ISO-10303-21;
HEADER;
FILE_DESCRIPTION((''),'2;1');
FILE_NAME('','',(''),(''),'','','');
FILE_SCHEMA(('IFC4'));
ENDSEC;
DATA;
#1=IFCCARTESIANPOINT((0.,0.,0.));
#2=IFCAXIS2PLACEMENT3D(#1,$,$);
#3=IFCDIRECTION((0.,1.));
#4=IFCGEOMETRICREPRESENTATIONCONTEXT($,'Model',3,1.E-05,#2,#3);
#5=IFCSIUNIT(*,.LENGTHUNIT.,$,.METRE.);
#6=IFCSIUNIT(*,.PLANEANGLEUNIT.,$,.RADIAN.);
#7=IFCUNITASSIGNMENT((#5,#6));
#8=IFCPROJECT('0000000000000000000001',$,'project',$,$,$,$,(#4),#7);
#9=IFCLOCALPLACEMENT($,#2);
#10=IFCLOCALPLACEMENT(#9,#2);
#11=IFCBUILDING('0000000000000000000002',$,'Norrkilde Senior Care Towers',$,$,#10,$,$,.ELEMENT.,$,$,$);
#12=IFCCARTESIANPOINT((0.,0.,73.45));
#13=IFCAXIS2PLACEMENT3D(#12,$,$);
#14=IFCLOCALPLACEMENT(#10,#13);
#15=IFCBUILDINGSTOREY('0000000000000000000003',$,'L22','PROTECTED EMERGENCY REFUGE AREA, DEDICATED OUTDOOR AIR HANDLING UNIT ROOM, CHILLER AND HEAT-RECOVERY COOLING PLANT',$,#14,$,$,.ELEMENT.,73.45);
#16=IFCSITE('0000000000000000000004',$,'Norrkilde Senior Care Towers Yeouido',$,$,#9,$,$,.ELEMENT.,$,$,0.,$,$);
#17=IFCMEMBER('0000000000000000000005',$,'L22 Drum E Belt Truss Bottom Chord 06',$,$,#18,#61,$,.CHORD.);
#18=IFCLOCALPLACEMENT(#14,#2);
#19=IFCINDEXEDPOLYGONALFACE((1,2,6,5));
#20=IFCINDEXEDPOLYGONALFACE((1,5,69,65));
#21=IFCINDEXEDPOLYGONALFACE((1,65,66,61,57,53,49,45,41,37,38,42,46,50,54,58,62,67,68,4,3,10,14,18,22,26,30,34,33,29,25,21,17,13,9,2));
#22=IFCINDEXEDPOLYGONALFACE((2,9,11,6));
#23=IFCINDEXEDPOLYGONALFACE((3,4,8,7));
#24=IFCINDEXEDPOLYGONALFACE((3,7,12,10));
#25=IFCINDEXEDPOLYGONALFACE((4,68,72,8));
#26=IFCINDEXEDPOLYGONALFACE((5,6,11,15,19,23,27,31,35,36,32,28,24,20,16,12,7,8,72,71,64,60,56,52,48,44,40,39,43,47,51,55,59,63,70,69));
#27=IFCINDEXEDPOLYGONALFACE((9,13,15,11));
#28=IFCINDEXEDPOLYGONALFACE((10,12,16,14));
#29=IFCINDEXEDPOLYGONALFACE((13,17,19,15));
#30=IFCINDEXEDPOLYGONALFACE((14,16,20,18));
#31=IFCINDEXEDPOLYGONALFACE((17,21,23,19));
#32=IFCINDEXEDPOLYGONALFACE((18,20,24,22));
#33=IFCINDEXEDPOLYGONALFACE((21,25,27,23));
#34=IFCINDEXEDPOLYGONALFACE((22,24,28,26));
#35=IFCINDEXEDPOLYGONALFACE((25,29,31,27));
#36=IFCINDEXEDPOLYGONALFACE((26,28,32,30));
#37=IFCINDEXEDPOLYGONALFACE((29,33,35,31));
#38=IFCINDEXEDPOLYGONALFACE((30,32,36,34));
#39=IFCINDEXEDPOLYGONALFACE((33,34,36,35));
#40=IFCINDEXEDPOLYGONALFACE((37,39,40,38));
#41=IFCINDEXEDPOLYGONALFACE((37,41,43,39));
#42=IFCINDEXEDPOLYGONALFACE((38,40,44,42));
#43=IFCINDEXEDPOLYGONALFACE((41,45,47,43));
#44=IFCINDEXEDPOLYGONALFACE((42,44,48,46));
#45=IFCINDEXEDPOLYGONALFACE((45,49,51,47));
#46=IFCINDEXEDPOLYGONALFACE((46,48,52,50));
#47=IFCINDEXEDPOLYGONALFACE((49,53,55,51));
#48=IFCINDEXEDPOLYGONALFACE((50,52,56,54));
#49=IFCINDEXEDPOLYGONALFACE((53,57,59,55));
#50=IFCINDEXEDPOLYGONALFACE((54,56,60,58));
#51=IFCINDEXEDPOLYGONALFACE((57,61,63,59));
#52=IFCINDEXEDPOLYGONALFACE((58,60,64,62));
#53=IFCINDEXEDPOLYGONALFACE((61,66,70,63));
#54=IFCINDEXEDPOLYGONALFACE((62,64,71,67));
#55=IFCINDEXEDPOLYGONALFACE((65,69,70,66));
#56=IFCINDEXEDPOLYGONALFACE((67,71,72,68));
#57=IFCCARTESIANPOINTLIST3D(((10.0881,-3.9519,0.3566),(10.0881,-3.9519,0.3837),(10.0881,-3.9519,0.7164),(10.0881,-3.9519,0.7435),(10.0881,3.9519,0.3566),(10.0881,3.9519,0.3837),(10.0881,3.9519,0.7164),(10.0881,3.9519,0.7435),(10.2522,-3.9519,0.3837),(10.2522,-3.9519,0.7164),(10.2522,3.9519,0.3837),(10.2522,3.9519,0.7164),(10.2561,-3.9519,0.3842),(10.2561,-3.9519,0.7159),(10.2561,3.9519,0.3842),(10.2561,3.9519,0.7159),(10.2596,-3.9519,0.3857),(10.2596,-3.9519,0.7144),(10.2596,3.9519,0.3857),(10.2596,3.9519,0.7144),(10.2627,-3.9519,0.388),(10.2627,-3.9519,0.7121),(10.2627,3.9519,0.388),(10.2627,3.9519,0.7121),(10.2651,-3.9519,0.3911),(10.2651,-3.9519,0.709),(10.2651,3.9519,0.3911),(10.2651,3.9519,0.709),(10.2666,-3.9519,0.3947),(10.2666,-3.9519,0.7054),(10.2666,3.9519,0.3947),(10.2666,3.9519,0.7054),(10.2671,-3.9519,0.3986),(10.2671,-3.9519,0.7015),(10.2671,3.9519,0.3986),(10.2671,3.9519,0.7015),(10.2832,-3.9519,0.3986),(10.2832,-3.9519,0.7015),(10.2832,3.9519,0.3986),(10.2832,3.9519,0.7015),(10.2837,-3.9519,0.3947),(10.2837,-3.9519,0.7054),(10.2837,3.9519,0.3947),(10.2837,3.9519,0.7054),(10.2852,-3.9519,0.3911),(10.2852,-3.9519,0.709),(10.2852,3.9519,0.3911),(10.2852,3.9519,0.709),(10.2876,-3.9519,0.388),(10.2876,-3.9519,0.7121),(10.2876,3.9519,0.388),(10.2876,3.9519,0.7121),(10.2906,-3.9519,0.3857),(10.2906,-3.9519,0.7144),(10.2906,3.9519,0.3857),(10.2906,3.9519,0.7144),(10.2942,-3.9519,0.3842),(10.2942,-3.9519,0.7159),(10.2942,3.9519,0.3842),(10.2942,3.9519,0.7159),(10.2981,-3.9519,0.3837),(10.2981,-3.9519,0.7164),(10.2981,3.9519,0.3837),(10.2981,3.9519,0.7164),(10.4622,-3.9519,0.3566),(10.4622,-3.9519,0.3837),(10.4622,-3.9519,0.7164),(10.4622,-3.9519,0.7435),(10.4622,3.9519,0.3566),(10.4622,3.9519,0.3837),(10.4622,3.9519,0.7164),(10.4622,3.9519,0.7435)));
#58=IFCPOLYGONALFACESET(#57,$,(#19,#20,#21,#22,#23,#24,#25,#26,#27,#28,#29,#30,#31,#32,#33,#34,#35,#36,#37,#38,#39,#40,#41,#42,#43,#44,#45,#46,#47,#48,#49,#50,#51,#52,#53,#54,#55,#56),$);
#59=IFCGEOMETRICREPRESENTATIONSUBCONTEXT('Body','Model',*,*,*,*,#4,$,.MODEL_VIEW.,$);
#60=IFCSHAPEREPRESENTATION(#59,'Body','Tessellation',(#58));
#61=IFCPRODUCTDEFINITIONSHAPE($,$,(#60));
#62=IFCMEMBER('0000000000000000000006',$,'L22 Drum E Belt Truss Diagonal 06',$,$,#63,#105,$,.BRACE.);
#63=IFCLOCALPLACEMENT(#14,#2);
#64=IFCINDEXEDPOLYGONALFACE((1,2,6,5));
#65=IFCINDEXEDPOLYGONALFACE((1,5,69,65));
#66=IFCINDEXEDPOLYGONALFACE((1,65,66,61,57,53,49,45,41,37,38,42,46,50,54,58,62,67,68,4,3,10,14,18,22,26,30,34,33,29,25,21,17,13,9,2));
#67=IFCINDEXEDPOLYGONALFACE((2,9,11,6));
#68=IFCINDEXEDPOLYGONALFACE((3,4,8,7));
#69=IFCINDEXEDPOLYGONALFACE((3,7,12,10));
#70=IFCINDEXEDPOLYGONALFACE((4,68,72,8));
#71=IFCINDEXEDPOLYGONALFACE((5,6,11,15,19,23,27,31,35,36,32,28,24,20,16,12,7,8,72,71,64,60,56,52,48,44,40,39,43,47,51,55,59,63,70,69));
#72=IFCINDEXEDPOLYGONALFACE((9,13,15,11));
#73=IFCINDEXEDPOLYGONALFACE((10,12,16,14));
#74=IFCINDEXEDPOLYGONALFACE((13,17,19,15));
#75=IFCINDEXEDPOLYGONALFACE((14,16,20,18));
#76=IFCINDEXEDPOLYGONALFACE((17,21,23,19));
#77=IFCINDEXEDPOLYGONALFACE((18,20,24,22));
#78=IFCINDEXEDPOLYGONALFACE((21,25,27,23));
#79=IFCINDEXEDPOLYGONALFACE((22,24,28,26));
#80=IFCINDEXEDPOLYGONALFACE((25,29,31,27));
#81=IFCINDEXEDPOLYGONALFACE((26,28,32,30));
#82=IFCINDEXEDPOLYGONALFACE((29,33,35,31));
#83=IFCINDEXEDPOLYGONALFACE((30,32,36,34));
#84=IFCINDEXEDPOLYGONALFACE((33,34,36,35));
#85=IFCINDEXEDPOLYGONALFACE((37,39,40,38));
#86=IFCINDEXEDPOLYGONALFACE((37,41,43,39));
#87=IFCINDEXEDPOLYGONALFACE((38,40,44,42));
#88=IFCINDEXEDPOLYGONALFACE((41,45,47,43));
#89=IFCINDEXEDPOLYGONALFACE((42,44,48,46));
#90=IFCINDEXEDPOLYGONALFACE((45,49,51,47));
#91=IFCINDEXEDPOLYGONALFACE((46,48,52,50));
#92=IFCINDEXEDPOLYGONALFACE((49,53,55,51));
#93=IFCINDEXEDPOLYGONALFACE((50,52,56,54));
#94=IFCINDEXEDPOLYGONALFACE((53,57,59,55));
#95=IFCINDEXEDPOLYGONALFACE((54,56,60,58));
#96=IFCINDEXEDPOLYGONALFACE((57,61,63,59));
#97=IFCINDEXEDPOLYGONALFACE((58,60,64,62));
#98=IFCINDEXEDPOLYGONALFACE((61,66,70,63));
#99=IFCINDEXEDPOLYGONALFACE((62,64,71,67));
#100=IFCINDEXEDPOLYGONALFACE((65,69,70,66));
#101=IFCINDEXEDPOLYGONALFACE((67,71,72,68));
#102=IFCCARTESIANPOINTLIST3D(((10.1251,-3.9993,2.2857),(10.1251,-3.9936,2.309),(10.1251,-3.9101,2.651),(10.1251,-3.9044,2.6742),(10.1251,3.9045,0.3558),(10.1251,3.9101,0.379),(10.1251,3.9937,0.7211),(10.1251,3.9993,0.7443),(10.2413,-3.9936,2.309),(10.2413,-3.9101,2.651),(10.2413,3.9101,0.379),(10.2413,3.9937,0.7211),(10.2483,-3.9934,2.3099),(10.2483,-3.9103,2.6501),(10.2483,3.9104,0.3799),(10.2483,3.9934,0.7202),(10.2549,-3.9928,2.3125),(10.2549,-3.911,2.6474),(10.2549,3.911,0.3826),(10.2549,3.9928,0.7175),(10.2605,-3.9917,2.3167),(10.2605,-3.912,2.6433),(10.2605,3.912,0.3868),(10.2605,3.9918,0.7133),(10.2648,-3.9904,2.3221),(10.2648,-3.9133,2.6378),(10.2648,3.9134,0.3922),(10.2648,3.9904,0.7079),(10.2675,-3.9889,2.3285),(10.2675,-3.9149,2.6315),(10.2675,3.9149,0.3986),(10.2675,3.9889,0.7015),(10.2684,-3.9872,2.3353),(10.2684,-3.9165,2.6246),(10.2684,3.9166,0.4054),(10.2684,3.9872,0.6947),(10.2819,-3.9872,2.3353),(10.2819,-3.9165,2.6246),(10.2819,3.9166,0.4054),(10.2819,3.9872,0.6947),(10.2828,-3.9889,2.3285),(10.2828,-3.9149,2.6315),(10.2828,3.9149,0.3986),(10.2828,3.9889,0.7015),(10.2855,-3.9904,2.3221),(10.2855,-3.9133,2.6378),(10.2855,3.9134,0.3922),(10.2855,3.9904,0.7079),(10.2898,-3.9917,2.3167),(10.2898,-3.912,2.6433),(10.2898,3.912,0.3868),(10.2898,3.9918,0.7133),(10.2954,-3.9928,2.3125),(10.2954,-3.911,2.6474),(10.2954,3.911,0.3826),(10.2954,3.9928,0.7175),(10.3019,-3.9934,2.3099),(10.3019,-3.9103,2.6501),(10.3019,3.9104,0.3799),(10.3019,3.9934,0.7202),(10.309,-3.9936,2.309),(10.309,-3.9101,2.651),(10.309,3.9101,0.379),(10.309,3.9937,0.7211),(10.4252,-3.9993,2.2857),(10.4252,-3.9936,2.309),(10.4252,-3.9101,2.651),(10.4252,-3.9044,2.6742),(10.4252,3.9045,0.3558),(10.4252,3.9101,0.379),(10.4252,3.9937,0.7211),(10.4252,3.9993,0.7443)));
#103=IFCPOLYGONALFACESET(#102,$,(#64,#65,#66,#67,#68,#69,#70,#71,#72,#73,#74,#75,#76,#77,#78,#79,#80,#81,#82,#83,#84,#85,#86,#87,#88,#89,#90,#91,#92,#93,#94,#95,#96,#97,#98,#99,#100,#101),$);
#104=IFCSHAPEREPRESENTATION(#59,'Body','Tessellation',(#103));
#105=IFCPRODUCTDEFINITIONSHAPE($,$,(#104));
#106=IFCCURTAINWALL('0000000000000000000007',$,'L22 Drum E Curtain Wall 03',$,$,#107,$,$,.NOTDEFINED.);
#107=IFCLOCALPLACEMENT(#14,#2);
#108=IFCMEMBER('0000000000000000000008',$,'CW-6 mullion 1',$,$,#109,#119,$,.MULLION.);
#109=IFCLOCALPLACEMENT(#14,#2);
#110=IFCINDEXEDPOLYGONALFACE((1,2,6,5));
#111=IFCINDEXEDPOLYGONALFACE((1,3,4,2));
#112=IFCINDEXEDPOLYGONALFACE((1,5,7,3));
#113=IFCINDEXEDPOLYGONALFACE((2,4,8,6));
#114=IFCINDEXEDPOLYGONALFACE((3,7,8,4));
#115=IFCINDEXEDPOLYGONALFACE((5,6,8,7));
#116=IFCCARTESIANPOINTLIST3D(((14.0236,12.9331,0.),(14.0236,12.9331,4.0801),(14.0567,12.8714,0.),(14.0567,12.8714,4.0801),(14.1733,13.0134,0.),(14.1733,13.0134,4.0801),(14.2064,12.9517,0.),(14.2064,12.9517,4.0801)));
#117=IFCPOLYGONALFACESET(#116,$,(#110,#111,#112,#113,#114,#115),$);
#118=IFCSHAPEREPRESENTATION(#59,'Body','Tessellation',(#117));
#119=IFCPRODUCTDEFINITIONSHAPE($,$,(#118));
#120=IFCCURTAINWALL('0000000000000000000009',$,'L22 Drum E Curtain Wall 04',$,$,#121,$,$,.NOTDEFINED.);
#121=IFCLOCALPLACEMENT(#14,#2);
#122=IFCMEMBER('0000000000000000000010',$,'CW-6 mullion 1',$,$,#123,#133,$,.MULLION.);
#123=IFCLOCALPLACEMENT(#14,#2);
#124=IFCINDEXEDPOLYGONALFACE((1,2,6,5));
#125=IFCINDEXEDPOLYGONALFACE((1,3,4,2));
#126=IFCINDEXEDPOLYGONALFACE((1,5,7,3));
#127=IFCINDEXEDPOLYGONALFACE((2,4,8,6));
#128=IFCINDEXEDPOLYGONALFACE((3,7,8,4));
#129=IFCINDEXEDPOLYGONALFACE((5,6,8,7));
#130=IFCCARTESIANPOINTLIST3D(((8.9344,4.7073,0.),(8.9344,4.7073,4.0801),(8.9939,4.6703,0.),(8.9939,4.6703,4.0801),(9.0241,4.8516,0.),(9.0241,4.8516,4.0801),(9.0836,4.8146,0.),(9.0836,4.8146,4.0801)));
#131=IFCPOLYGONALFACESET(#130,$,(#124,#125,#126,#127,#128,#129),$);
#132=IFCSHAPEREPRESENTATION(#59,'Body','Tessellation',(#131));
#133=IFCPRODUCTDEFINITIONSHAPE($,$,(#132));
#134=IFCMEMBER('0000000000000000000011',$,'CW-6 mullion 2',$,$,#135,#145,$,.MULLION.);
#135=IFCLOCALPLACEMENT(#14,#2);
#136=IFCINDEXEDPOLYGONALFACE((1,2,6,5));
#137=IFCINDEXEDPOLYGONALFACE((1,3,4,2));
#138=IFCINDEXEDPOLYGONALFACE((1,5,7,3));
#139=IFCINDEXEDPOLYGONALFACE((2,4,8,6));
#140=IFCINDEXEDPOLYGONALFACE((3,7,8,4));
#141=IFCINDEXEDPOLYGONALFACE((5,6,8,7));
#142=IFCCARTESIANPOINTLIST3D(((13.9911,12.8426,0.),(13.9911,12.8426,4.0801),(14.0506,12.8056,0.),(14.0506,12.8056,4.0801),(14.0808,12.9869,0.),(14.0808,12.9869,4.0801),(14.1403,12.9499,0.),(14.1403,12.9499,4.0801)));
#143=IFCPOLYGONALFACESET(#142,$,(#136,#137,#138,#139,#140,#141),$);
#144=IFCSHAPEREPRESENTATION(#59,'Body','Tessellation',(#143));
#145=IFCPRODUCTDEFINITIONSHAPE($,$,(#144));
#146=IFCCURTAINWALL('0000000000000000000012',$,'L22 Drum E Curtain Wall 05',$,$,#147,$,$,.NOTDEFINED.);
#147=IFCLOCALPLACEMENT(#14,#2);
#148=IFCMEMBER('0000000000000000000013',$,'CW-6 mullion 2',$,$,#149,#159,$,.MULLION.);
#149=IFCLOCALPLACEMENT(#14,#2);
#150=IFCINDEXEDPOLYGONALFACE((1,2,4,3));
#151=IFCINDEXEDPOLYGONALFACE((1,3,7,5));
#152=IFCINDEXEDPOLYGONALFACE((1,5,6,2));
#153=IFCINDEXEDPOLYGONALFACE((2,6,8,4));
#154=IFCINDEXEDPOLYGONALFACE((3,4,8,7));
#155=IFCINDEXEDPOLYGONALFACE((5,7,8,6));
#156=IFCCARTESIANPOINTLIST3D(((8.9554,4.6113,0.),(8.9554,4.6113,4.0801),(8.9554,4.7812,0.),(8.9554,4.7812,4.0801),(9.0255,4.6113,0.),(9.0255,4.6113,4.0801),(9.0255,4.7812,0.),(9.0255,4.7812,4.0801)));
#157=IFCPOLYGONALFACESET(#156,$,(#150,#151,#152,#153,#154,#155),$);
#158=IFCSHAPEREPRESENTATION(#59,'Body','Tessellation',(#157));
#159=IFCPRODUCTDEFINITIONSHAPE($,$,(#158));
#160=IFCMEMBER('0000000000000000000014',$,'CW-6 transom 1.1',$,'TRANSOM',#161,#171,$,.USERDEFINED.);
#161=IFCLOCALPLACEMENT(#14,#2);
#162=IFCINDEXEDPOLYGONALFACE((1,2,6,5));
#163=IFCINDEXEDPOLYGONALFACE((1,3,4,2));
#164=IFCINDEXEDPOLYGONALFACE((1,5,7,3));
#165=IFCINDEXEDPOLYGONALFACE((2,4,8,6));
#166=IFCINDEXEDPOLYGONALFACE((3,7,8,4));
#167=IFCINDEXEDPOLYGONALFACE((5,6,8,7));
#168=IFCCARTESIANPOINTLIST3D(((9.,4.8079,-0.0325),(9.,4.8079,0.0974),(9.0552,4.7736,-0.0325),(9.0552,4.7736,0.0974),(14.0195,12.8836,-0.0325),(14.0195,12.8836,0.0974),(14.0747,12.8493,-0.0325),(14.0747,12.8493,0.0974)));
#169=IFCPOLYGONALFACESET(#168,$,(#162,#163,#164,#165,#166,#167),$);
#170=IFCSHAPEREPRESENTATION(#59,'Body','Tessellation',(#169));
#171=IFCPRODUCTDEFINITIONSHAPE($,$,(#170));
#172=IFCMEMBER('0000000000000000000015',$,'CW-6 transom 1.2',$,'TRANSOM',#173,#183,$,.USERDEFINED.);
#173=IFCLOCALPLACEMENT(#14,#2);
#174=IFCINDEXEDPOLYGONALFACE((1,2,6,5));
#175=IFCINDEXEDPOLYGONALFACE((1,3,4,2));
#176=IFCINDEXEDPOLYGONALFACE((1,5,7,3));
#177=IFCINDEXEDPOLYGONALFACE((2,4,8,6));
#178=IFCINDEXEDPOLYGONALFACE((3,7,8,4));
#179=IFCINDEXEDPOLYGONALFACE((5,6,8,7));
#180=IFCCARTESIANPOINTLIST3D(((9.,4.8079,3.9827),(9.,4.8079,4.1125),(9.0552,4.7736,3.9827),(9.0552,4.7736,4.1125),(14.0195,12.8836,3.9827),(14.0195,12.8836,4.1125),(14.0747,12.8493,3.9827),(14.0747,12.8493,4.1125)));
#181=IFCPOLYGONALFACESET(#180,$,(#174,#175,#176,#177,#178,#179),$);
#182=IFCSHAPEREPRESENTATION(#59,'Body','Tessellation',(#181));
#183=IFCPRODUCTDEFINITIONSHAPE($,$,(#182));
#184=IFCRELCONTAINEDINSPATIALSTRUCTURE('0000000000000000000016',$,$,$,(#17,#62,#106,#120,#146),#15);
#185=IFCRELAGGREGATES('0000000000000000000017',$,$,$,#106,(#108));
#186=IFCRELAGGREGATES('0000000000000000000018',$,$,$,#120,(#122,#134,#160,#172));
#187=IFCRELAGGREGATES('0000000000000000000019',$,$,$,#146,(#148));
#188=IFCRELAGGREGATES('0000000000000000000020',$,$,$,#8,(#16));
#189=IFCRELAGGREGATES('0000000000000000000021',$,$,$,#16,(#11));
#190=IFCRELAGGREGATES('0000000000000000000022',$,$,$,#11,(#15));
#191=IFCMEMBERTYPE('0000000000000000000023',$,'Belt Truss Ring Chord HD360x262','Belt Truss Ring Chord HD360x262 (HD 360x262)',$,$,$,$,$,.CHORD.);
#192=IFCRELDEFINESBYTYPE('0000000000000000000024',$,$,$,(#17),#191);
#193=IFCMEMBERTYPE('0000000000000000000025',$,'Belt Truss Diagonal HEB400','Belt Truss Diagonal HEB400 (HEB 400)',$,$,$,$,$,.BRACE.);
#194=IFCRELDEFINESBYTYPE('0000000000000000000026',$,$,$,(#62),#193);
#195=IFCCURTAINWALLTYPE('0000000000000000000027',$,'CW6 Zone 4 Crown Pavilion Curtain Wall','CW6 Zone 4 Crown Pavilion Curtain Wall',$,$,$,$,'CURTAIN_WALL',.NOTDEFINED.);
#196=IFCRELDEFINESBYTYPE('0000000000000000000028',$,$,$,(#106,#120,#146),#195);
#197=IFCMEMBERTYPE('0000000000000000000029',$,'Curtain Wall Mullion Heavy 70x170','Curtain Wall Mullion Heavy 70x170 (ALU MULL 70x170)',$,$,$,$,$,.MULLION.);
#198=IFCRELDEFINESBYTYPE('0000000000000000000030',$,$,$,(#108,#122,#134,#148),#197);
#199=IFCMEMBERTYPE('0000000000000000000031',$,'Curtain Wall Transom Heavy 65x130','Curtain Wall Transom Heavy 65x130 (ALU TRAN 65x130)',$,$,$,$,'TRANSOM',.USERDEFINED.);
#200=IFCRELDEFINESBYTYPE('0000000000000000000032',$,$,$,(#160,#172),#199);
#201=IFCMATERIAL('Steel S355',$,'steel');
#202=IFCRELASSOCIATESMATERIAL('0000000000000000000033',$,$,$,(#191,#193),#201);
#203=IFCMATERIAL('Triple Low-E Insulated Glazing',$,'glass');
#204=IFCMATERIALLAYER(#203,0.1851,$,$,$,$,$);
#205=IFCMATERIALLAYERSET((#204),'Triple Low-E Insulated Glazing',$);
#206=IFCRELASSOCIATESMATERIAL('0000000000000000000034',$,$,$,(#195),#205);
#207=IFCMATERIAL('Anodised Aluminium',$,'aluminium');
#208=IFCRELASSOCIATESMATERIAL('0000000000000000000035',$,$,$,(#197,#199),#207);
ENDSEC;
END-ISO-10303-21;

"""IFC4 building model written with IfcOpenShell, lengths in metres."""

from ifc_helpers import new_model, si_unit, direction, frame, origin, origin_2d, place, context, subcontext, project, spatial, rectangle, i_section, extrude, source, transform, mapped, material, layer, layer_set, material_profile, profile_set, type_object, type_shapes, element, aggregate, save


model = new_model("IFC4")

# Units and contexts
model_context = context("Model", 3, precision=1e-05, world=origin(), true_north=direction((0.0, 1.0)))
body_context = subcontext(model_context, "Body", "Model", "MODEL_VIEW")
ifc_project = project(units=[si_unit("LENGTHUNIT", "METRE"), si_unit("PLANEANGLEUNIT", "RADIAN")], contexts=[model_context])

# Site, building, storey
site_placement = place(None, origin())
site = spatial("IfcSite", under=ifc_project, at=site_placement, Name="Norrkilde Senior Care Towers Yeouido", CompositionType="ELEMENT", RefElevation=0.0)
building_placement = place(site_placement, origin())
building = spatial("IfcBuilding", under=site, at=building_placement, Name="Norrkilde Senior Care Towers", CompositionType="ELEMENT")
storey_placement = place(building_placement, frame((0.0, 0.0, 73.45)))
storey = spatial("IfcBuildingStorey", under=building, at=storey_placement, Name="L22", Description="PROTECTED EMERGENCY REFUGE AREA, DEDICATED OUTDOOR AIR HANDLING UNIT ROOM, CHILLER AND HEAT-RECOVERY COOLING PLANT", CompositionType="ELEMENT", Elevation=73.45)

# Members
ifc_material_1 = material(Name="Steel S355", Category="steel")
ifc_material_profile_1 = material_profile(ifc_material_1, i_section(OverallWidth=0.374, OverallDepth=0.387, WebThickness=0.0161, FlangeThickness=0.0271, FilletRadius=0.0149, at=origin_2d()), Name="HD 360x262")
ifc_profile_set_1 = profile_set([ifc_material_profile_1], Name="Steel S355")
member_type_1 = type_object("IfcMemberType", Name="Belt Truss Ring Chord HD360x262", Description="Belt Truss Ring Chord HD360x262 (HD 360x262)", PredefinedType="CHORD", material=ifc_profile_set_1)
ifc_material_profile_2 = material_profile(ifc_material_1, i_section(OverallWidth=0.3, OverallDepth=0.3999, WebThickness=0.0134, FlangeThickness=0.0239, FilletRadius=0.0271, at=origin_2d()), Name="HEB 400")
ifc_profile_set_2 = profile_set([ifc_material_profile_2], Name="Steel S355")
member_type_2 = type_object("IfcMemberType", Name="Belt Truss Diagonal HEB400", Description="Belt Truss Diagonal HEB400 (HEB 400)", PredefinedType="BRACE", material=ifc_profile_set_2)
shared_shape_1 = source(origin(), body_context, "Body", "SweptSolid", [
    extrude(i_section(OverallWidth=0.374, OverallDepth=0.387, WebThickness=0.0161, FlangeThickness=0.0271, FilletRadius=0.0149, at=origin_2d()), origin(), (0.0, 0.0, 1.0), 7.9038),
])
member_1_placement = place(storey_placement, frame((10.2751, 3.9519, 0.55), z_axis=(0.0, -1.0, 0.0), x_axis=(1.0, 0.0, 0.0)))
element("IfcMember", 1, at=member_1_placement, inside=storey, type_object=member_type_1, Name="L22 Drum E Belt Truss Bottom Chord 06", PredefinedType="CHORD", context=body_context, shape_type="MappedRepresentation", body=[
    mapped(shared_shape_1, transform((0.0, 0.0, 0.0), x_axis=(1.0, 0.0, 0.0), y_axis=(0.0, 1.0, 0.0), z_axis=(0.0, 0.0, 1.0), scale=1.0)),
])
shared_shape_2 = source(origin(), body_context, "Body", "SweptSolid", [
    extrude(i_section(OverallWidth=0.3, OverallDepth=0.3999, WebThickness=0.0134, FlangeThickness=0.0239, FilletRadius=0.0271, at=origin_2d()), origin(), (0.0, 0.0, 1.0), 8.136),
])
member_2_placement = place(storey_placement, frame((10.2751, 3.9519, 0.55), z_axis=(0.0, -0.971459, 0.237208), x_axis=(1.0, 0.0, 0.0)))
element("IfcMember", 2, at=member_2_placement, inside=storey, type_object=member_type_2, Name="L22 Drum E Belt Truss Diagonal 06", PredefinedType="BRACE", context=body_context, shape_type="MappedRepresentation", body=[
    mapped(shared_shape_2, transform((0.0, 0.0, 0.0), x_axis=(1.0, 0.0, 0.0), y_axis=(0.0, 1.0, 0.0), z_axis=(0.0, 0.0, 1.0), scale=1.0)),
])

# Curtain wall, member
ifc_material_2 = material(Name="Triple Low-E Insulated Glazing", Category="glass")
ifc_layer_1 = layer(ifc_material_2, 0.1851)
ifc_layer_set_1 = layer_set([ifc_layer_1], Name="Triple Low-E Insulated Glazing")
curtain_wall_type = type_object("IfcCurtainWallType", Name="CW6 Zone 4 Crown Pavilion Curtain Wall", Description="CW6 Zone 4 Crown Pavilion Curtain Wall", ElementType="CURTAIN_WALL", PredefinedType="NOTDEFINED", material=ifc_layer_set_1)
curtain_wall_1_placement = place(storey_placement, origin())
curtain_wall_1 = element("IfcCurtainWall", 3, at=curtain_wall_1_placement, inside=storey, type_object=curtain_wall_type, Name="L22 Drum E Curtain Wall 03", PredefinedType="NOTDEFINED")
ifc_material_3 = material(Name="Anodised Aluminium", Category="aluminium")
ifc_material_profile_3 = material_profile(ifc_material_3, rectangle(XDim=0.0701, YDim=0.1699, at=origin_2d()), Name="ALU MULL 70x170")
ifc_profile_set_3 = profile_set([ifc_material_profile_3], Name="Anodised Aluminium")
member_type_3 = type_object("IfcMemberType", Name="Curtain Wall Mullion Heavy 70x170", Description="Curtain Wall Mullion Heavy 70x170 (ALU MULL 70x170)", PredefinedType="MULLION", material=ifc_profile_set_3)
shared_shape_3 = source(origin(), body_context, "Body", "SweptSolid", [
    extrude(rectangle(XDim=0.0701, YDim=0.1699, at=origin_2d()), origin(), (0.0, 0.0, 1.0), 4.0801),
])
type_shapes(member_type_3, [shared_shape_3])
member_3_placement = place(storey_placement, frame((14.115, 12.9424, 0.0), z_axis=(0.0, 0.0, 1.0), x_axis=(-0.472608, 0.881273, 0.0)))
member_3 = element("IfcMember", 4, at=member_3_placement, type_object=member_type_3, Name="CW-6 mullion 1", PredefinedType="MULLION", context=body_context, shape_type="MappedRepresentation", body=[
    mapped(shared_shape_3, transform((0.0, 0.0, 0.0), x_axis=(1.0, 0.0, 0.0), y_axis=(0.0, 1.0, 0.0), z_axis=(0.0, 0.0, 1.0), scale=1.0)),
])

# Curtain wall, members
curtain_wall_2_placement = place(storey_placement, origin())
curtain_wall_2 = element("IfcCurtainWall", 5, at=curtain_wall_2_placement, inside=storey, type_object=curtain_wall_type, Name="L22 Drum E Curtain Wall 04", PredefinedType="NOTDEFINED")
member_4_placement = place(storey_placement, frame((9.009, 4.761, 0.0), z_axis=(0.0, 0.0, 1.0), x_axis=(-0.849306, 0.527901, 0.0)))
member_4 = element("IfcMember", 6, at=member_4_placement, type_object=member_type_3, Name="CW-6 mullion 1", PredefinedType="MULLION", context=body_context, shape_type="MappedRepresentation", body=[
    mapped(shared_shape_3, transform((0.0, 0.0, 0.0), x_axis=(1.0, 0.0, 0.0), y_axis=(0.0, 1.0, 0.0), z_axis=(0.0, 0.0, 1.0), scale=1.0)),
])
member_5_placement = place(storey_placement, frame((14.0657, 12.8962, 0.0), z_axis=(0.0, 0.0, 1.0), x_axis=(-0.849306, 0.527901, 0.0)))
member_5 = element("IfcMember", 7, at=member_5_placement, type_object=member_type_3, Name="CW-6 mullion 2", PredefinedType="MULLION", context=body_context, shape_type="MappedRepresentation", body=[
    mapped(shared_shape_3, transform((0.0, 0.0, 0.0), x_axis=(1.0, 0.0, 0.0), y_axis=(0.0, 1.0, 0.0), z_axis=(0.0, 0.0, 1.0), scale=1.0)),
])

# Curtain wall, member
curtain_wall_3_placement = place(storey_placement, origin())
curtain_wall_3 = element("IfcCurtainWall", 8, at=curtain_wall_3_placement, inside=storey, type_object=curtain_wall_type, Name="L22 Drum E Curtain Wall 05", PredefinedType="NOTDEFINED")
member_6_placement = place(storey_placement, frame((8.9905, 4.6963, 0.0), z_axis=(0.0, 0.0, 1.0), x_axis=(-1.0, 0.0, 0.0)))
member_6 = element("IfcMember", 9, at=member_6_placement, type_object=member_type_3, Name="CW-6 mullion 2", PredefinedType="MULLION", context=body_context, shape_type="MappedRepresentation", body=[
    mapped(shared_shape_3, transform((0.0, 0.0, 0.0), x_axis=(1.0, 0.0, 0.0), y_axis=(0.0, 1.0, 0.0), z_axis=(0.0, 0.0, 1.0), scale=1.0)),
])

# Members
ifc_material_profile_4 = material_profile(ifc_material_3, rectangle(XDim=0.0649, YDim=0.1299, at=origin_2d()), Name="ALU TRAN 65x130")
ifc_profile_set_4 = profile_set([ifc_material_profile_4], Name="Anodised Aluminium")
member_type_4 = type_object("IfcMemberType", Name="Curtain Wall Transom Heavy 65x130", Description="Curtain Wall Transom Heavy 65x130 (ALU TRAN 65x130)", ElementType="TRANSOM", PredefinedType="USERDEFINED", material=ifc_profile_set_4)
shared_shape_4 = source(origin(), body_context, "Body", "SweptSolid", [
    extrude(rectangle(XDim=0.0649, YDim=0.1299, at=origin_2d()), origin(), (0.0, 0.0, 1.0), 9.5085),
])
member_7_placement = place(storey_placement, frame((9.0276, 4.7908, 0.0325), z_axis=(0.527897, 0.849308, 0.0), x_axis=(-0.849308, 0.527897, 0.0)))
member_7 = element("IfcMember", 10, at=member_7_placement, type_object=member_type_4, Name="CW-6 transom 1.1", ObjectType="TRANSOM", PredefinedType="USERDEFINED", context=body_context, shape_type="MappedRepresentation", body=[
    mapped(shared_shape_4, transform((0.0, 0.0, 0.0), x_axis=(1.0, 0.0, 0.0), y_axis=(0.0, 1.0, 0.0), z_axis=(0.0, 0.0, 1.0), scale=1.0)),
])
member_8_placement = place(storey_placement, frame((9.0276, 4.7908, 4.0476), z_axis=(0.527897, 0.849308, 0.0), x_axis=(-0.849308, 0.527897, 0.0)))
member_8 = element("IfcMember", 11, at=member_8_placement, type_object=member_type_4, Name="CW-6 transom 1.2", ObjectType="TRANSOM", PredefinedType="USERDEFINED", context=body_context, shape_type="MappedRepresentation", body=[
    mapped(shared_shape_4, transform((0.0, 0.0, 0.0), x_axis=(1.0, 0.0, 0.0), y_axis=(0.0, 1.0, 0.0), z_axis=(0.0, 0.0, 1.0), scale=1.0)),
])
aggregate(curtain_wall_1, [member_3])

aggregate(curtain_wall_2, [member_4, member_5, member_7, member_8])
aggregate(curtain_wall_3, [member_6])

save(model, "model.ifc")
